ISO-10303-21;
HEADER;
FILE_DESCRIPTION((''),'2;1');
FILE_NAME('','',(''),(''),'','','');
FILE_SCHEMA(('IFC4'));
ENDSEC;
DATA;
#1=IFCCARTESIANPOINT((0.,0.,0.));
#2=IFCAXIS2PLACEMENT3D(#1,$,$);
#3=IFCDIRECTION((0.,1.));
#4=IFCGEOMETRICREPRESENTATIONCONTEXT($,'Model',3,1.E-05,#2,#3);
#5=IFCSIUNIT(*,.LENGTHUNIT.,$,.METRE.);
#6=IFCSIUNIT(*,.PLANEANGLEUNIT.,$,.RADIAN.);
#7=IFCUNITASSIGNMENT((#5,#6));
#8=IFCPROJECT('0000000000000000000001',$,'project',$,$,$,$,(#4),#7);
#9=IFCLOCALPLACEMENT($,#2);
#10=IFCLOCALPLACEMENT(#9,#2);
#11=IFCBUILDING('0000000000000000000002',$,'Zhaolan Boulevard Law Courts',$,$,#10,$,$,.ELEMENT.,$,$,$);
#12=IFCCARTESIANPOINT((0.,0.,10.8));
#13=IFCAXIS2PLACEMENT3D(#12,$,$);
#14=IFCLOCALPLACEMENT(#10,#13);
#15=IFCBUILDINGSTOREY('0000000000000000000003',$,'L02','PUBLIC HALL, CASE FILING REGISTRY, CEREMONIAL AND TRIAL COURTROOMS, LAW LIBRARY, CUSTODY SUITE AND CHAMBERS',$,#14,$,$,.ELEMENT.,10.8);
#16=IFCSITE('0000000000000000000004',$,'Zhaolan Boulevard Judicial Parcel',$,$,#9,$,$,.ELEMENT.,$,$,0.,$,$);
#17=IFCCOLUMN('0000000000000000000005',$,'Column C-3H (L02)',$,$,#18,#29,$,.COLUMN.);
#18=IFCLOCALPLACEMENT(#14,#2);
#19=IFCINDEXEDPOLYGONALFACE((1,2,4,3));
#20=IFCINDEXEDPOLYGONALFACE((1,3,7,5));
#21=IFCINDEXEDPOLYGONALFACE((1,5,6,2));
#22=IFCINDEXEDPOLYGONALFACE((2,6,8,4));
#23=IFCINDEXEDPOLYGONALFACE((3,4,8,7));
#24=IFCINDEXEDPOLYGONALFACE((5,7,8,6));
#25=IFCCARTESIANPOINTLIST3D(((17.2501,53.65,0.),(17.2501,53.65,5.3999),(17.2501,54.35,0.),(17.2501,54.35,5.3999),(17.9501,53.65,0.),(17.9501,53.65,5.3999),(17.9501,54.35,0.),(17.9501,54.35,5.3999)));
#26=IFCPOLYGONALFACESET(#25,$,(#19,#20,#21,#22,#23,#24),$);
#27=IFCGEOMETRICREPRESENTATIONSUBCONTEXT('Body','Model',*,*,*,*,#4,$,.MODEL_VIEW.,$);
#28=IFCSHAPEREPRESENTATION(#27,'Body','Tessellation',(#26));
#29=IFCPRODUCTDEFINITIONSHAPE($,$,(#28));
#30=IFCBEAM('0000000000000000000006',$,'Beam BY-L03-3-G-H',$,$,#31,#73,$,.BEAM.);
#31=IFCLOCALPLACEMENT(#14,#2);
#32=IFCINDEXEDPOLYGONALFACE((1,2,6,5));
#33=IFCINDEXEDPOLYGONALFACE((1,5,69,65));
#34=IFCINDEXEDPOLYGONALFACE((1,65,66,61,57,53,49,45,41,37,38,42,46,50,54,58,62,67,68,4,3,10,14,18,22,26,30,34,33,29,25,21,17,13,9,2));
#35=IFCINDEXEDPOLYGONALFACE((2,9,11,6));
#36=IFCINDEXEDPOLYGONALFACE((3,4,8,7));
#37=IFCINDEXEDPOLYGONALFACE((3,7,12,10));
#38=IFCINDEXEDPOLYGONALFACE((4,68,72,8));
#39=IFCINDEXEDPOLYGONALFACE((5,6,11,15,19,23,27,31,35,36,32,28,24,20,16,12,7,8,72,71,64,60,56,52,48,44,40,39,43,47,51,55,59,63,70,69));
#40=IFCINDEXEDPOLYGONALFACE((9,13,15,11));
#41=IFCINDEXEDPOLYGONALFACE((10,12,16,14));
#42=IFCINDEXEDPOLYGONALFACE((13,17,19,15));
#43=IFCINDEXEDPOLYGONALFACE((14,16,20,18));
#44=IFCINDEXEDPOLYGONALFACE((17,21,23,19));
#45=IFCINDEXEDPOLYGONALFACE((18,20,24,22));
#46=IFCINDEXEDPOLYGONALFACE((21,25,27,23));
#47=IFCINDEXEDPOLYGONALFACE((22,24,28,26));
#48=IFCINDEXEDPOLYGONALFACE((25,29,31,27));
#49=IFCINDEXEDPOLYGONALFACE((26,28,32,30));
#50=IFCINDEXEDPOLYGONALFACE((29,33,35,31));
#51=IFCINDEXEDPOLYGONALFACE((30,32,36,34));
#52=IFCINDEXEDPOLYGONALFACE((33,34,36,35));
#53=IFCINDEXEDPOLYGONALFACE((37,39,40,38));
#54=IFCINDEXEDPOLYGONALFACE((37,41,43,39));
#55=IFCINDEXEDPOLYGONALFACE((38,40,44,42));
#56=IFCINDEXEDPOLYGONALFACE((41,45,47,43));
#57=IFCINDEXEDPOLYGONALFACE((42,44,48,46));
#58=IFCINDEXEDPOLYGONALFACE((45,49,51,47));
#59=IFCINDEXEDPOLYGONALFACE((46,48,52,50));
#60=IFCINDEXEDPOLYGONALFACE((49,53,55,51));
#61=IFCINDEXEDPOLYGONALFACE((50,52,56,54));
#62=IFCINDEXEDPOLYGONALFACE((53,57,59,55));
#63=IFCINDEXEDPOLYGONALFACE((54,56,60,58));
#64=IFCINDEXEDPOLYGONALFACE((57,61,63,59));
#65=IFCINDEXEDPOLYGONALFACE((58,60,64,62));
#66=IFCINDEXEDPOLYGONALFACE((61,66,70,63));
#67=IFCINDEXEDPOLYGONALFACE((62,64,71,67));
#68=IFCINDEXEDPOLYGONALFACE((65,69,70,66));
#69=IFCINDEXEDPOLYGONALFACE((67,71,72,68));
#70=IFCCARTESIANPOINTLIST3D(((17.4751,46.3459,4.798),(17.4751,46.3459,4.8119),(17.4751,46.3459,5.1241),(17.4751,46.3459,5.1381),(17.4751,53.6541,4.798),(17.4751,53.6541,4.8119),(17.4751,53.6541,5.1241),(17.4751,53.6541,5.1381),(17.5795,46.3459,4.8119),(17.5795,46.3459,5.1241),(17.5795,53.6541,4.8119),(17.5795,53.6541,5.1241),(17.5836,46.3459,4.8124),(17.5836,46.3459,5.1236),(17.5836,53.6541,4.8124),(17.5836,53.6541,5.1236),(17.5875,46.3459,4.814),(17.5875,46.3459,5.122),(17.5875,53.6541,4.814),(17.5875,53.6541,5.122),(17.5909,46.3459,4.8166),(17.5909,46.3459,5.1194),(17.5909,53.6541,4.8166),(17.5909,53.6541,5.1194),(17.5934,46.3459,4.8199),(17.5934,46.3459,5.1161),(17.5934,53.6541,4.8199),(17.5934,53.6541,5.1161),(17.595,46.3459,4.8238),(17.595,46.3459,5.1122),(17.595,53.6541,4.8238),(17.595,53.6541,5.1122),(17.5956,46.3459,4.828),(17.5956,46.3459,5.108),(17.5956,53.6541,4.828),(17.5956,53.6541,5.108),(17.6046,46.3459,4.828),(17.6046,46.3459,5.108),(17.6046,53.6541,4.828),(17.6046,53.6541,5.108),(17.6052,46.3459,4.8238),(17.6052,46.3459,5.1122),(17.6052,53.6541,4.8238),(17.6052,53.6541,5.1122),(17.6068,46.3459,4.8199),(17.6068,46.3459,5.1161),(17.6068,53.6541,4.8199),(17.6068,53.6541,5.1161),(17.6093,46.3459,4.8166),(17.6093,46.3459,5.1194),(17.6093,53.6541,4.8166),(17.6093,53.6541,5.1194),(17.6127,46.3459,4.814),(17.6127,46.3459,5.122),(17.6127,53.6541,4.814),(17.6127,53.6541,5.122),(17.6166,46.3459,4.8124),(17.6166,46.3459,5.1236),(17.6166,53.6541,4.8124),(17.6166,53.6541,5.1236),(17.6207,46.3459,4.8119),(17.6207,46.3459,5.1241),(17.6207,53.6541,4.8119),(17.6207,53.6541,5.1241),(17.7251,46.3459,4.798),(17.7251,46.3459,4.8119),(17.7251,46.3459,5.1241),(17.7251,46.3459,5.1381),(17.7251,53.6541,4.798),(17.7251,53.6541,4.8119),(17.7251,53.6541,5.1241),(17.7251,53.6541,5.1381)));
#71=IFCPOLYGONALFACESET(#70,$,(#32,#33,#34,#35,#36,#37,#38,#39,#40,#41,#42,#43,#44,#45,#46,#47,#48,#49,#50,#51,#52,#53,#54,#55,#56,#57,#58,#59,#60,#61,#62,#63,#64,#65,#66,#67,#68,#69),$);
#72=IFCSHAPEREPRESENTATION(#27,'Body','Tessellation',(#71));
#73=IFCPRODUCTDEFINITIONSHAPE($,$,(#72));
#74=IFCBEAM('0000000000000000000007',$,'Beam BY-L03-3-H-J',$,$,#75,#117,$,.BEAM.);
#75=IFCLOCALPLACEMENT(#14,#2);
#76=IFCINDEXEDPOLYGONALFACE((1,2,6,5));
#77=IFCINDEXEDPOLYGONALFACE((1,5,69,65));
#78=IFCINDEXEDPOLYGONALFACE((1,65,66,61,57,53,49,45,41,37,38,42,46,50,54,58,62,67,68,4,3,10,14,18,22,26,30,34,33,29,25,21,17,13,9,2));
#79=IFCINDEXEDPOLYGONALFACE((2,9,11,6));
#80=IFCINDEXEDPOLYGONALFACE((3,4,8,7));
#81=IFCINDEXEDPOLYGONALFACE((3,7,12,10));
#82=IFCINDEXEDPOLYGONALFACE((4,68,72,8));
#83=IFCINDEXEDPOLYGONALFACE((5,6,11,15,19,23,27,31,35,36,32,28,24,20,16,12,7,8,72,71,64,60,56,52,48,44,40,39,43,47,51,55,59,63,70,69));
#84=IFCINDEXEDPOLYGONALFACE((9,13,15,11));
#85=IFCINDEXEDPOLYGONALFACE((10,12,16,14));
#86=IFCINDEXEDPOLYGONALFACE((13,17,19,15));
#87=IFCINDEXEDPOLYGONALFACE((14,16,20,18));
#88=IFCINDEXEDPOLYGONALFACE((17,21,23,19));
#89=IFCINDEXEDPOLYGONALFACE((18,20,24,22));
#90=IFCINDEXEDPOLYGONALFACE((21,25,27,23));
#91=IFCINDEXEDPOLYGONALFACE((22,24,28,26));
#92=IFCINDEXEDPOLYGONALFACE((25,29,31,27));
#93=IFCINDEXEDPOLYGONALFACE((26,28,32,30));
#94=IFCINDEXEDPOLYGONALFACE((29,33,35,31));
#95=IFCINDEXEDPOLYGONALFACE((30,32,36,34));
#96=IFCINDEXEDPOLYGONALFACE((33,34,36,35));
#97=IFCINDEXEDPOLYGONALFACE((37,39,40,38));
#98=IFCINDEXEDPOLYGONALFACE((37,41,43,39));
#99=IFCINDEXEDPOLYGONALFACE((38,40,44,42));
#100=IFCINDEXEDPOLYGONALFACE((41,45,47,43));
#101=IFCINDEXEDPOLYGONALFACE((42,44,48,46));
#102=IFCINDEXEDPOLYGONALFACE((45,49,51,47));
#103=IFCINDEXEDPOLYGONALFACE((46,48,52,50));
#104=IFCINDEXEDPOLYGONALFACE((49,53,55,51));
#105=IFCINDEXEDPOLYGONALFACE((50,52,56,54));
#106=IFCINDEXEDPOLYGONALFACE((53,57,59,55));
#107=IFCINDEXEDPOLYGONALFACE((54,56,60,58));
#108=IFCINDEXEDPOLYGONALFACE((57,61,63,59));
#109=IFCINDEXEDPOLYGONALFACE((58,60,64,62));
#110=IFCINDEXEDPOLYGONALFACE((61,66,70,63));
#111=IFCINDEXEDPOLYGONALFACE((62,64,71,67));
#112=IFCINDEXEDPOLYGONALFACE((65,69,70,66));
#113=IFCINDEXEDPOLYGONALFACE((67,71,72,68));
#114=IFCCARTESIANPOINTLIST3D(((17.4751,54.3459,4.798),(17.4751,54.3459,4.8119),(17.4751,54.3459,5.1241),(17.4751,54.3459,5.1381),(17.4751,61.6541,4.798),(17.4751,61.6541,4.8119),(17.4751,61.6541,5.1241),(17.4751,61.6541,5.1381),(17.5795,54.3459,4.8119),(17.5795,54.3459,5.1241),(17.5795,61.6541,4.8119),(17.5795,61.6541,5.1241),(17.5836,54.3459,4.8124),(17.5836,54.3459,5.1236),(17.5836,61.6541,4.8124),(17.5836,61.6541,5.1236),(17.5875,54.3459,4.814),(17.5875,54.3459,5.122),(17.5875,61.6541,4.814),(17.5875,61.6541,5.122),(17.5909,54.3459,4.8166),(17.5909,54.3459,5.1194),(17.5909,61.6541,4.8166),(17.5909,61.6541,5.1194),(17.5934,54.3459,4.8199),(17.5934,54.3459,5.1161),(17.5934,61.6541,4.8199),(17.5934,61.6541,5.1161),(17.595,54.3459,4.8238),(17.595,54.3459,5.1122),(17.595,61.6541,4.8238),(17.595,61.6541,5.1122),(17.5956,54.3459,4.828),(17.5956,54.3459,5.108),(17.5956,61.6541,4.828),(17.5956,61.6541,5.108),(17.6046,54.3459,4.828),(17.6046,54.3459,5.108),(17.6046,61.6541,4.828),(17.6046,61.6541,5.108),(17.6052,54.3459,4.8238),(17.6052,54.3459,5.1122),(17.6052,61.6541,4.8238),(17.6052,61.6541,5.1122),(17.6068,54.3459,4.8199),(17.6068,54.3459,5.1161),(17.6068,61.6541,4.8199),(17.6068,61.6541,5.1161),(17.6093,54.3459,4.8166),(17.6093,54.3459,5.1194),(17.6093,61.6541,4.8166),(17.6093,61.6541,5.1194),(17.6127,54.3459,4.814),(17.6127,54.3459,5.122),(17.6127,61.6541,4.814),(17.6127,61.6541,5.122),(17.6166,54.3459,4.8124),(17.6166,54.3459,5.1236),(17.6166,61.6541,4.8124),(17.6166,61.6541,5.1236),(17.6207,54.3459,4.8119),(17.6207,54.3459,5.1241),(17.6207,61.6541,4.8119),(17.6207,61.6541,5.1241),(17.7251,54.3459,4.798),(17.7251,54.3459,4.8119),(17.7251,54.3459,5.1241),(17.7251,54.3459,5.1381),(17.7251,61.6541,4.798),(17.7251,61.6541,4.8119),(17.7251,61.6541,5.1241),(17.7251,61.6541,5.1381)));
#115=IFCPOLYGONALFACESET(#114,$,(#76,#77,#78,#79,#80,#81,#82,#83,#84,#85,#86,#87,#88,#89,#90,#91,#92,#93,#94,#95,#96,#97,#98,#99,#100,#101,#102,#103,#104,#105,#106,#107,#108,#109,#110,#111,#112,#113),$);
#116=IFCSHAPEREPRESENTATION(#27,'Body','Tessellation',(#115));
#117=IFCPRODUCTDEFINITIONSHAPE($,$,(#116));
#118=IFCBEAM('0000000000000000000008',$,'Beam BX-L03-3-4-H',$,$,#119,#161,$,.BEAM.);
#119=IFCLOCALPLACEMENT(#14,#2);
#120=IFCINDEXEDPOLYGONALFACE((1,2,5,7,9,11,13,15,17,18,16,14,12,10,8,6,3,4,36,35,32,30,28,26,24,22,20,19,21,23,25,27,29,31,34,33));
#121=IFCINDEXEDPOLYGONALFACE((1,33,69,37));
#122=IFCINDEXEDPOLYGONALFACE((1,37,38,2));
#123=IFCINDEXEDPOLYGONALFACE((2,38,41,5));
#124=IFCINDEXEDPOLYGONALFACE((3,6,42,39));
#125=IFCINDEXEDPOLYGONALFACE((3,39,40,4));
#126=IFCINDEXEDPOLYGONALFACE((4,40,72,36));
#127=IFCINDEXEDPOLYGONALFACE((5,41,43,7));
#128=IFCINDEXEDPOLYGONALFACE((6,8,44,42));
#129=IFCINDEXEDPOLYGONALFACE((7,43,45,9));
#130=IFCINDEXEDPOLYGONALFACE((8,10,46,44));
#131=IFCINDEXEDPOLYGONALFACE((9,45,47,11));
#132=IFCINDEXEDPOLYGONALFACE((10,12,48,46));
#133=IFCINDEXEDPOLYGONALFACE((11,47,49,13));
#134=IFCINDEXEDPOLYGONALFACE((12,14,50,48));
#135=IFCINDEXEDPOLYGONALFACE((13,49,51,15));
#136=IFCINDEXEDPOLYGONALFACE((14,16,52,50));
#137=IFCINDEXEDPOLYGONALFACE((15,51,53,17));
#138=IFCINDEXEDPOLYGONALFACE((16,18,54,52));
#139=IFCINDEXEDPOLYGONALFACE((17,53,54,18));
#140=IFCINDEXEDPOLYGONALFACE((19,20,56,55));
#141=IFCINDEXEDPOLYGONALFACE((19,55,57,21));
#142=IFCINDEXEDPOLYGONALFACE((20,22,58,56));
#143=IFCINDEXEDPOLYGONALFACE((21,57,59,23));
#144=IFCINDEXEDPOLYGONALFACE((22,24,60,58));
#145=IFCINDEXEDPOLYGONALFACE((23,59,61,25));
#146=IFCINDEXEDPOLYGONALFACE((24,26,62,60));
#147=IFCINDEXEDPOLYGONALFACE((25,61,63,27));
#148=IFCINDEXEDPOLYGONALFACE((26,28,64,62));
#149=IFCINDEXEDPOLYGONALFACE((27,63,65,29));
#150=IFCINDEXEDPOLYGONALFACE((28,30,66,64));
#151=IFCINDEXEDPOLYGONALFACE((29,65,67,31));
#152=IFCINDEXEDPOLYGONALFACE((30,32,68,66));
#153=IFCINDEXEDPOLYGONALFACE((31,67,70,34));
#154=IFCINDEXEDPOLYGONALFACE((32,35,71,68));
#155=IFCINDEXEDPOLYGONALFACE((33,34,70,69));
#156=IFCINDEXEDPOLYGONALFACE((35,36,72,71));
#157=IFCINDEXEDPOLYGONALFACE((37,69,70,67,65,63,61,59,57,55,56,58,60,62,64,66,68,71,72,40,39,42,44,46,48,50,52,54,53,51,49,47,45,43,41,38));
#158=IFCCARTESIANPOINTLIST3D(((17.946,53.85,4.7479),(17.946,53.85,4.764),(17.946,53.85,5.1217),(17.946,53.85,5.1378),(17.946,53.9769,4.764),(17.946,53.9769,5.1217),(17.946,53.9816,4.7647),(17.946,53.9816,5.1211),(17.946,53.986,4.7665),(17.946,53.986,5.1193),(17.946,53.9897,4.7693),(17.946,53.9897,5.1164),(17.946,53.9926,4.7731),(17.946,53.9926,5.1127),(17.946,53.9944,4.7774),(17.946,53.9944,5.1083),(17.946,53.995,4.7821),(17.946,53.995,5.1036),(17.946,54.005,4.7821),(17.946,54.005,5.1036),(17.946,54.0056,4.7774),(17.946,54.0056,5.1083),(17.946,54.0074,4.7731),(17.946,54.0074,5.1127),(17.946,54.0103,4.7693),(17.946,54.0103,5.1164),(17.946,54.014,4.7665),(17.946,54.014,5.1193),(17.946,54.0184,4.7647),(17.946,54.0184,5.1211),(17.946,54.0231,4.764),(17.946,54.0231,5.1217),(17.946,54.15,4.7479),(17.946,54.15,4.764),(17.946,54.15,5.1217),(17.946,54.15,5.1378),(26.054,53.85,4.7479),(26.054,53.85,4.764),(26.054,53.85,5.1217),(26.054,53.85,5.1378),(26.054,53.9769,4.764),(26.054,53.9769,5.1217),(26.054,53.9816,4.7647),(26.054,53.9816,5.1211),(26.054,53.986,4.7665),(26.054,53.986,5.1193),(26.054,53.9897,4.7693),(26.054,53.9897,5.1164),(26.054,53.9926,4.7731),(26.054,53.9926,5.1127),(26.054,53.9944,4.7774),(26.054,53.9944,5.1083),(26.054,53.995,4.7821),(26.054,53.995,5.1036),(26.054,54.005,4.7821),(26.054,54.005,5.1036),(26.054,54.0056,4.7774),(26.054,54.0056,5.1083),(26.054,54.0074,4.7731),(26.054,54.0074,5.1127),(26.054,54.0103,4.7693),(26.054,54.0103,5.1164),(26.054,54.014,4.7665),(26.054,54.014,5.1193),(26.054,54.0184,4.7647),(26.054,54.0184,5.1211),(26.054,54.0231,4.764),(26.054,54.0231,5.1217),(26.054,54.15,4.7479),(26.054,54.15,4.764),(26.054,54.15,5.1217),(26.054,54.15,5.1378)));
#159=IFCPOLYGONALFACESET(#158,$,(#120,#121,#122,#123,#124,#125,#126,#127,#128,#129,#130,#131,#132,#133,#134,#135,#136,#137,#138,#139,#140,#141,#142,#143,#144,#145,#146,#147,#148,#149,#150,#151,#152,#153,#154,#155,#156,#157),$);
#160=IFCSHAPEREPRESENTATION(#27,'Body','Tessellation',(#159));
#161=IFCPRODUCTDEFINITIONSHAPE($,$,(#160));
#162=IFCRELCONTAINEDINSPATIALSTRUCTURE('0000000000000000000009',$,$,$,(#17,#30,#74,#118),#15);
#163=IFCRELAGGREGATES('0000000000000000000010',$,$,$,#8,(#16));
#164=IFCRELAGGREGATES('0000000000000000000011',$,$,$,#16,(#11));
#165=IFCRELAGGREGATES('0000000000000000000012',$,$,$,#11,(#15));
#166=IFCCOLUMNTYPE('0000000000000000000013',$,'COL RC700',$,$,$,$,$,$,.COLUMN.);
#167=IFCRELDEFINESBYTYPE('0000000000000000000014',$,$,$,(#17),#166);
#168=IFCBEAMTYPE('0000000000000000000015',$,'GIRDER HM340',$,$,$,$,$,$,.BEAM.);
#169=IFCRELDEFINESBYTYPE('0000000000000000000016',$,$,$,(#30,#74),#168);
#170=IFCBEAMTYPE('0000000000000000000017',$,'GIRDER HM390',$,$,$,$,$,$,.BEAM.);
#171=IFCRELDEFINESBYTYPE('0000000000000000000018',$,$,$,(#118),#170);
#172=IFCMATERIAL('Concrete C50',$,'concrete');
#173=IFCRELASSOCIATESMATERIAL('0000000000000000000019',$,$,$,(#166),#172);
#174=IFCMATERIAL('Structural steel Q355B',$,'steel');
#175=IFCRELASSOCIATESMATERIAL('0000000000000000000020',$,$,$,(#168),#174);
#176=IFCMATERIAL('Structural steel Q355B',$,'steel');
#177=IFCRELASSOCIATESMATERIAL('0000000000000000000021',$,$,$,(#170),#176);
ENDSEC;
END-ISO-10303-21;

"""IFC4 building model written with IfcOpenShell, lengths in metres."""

from ifc_helpers import new_model, si_unit, direction, frame, origin, origin_2d, place, context, subcontext, project, spatial, rectangle, i_section, extrude, material, material_profile, profile_set, type_object, element, save


model = new_model("IFC4")

# Units and contexts
model_context = context("Model", 3, precision=1e-05, world=origin(), true_north=direction((0.0, 1.0)))
body_context = subcontext(model_context, "Body", "Model", "MODEL_VIEW")
ifc_project = project(units=[si_unit("LENGTHUNIT", "METRE"), si_unit("PLANEANGLEUNIT", "RADIAN")], contexts=[model_context])

# Site, building, storey
site_placement = place(None, origin())
site = spatial("IfcSite", under=ifc_project, at=site_placement, Name="Zhaolan Boulevard Judicial Parcel", CompositionType="ELEMENT", RefElevation=0.0)
building_placement = place(site_placement, origin())
building = spatial("IfcBuilding", under=site, at=building_placement, Name="Zhaolan Boulevard Law Courts", CompositionType="ELEMENT")
storey_placement = place(building_placement, frame((0.0, 0.0, 10.8)))
storey = spatial("IfcBuildingStorey", under=building, at=storey_placement, Name="L02", Description="PUBLIC HALL, CASE FILING REGISTRY, CEREMONIAL AND TRIAL COURTROOMS, LAW LIBRARY, CUSTODY SUITE AND CHAMBERS", CompositionType="ELEMENT", Elevation=10.8)

# Column
ifc_material_1 = material(Name="Concrete C50", Category="concrete")
ifc_material_profile_1 = material_profile(ifc_material_1, rectangle(XDim=0.7, YDim=0.7, at=origin_2d()), Name="RC700x700")
ifc_profile_set_1 = profile_set([ifc_material_profile_1], Name="Concrete C50")
column_type = type_object("IfcColumnType", Name="COL RC700", PredefinedType="COLUMN", material=ifc_profile_set_1)
column_placement = place(storey_placement, frame((17.6001, 54.0, 0.0), z_axis=(0.0, 0.0, 1.0), x_axis=(1.0, 0.0, 0.0)))
element("IfcColumn", 1, at=column_placement, inside=storey, type_object=column_type, Name="Column C-3H (L02)", PredefinedType="COLUMN", context=body_context, shape_type="SweptSolid", body=[
    extrude(rectangle(XDim=0.7, YDim=0.7, at=origin_2d()), origin(), (0.0, 0.0, 1.0), 5.3999),
])

# Beams
ifc_material_2 = material(Name="Structural steel Q355B", Category="steel")
ifc_material_profile_2 = material_profile(ifc_material_2, i_section(OverallWidth=0.25, OverallDepth=0.3401, WebThickness=0.009, FlangeThickness=0.0139, FilletRadius=0.0161, at=origin_2d()), Name="HM340x250")
ifc_profile_set_2 = profile_set([ifc_material_profile_2], Name="Structural steel Q355B")
beam_type_1 = type_object("IfcBeamType", Name="GIRDER HM340", PredefinedType="BEAM", material=ifc_profile_set_2)
for number, where, z_axis, x_axis, name in (
    (2, (17.6001, 46.3459, 4.968), (0.0, 1.0, 0.0), (-1.0, 0.0, 0.0), "Beam BY-L03-3-G-H"),
    (3, (17.6001, 54.3459, 4.968), (0.0, 1.0, 0.0), (-1.0, 0.0, 0.0), "Beam BY-L03-3-H-J"),
):
    element("IfcBeam", number, at=place(storey_placement, frame(where, z_axis=z_axis, x_axis=x_axis)), inside=storey, type_object=beam_type_1, Name=name, PredefinedType="BEAM", context=body_context, shape_type="SweptSolid", body=[
        extrude(i_section(OverallWidth=0.25, OverallDepth=0.3401, WebThickness=0.009, FlangeThickness=0.0139, FilletRadius=0.0161, at=origin_2d()), origin(), (0.0, 0.0, 1.0), 7.3081),
    ])
ifc_material_3 = material(Name="Structural steel Q355B", Category="steel")
ifc_material_profile_3 = material_profile(ifc_material_3, i_section(OverallWidth=0.3, OverallDepth=0.3899, WebThickness=0.01, FlangeThickness=0.0161, FilletRadius=0.0181, at=origin_2d()), Name="HM390x300")
ifc_profile_set_3 = profile_set([ifc_material_profile_3], Name="Structural steel Q355B")
beam_type_2 = type_object("IfcBeamType", Name="GIRDER HM390", PredefinedType="BEAM", material=ifc_profile_set_3)
beam_1_placement = place(storey_placement, frame((17.946, 54.0, 4.9429), z_axis=(1.0, 0.0, 0.0), x_axis=(0.0, 1.0, 0.0)))
element("IfcBeam", 4, at=beam_1_placement, inside=storey, type_object=beam_type_2, Name="Beam BX-L03-3-4-H", PredefinedType="BEAM", context=body_context, shape_type="SweptSolid", body=[
    extrude(i_section(OverallWidth=0.3, OverallDepth=0.3899, WebThickness=0.01, FlangeThickness=0.0161, FilletRadius=0.0181, at=origin_2d()), origin(), (0.0, 0.0, 1.0), 8.1079),
])

save(model, "model.ifc")
